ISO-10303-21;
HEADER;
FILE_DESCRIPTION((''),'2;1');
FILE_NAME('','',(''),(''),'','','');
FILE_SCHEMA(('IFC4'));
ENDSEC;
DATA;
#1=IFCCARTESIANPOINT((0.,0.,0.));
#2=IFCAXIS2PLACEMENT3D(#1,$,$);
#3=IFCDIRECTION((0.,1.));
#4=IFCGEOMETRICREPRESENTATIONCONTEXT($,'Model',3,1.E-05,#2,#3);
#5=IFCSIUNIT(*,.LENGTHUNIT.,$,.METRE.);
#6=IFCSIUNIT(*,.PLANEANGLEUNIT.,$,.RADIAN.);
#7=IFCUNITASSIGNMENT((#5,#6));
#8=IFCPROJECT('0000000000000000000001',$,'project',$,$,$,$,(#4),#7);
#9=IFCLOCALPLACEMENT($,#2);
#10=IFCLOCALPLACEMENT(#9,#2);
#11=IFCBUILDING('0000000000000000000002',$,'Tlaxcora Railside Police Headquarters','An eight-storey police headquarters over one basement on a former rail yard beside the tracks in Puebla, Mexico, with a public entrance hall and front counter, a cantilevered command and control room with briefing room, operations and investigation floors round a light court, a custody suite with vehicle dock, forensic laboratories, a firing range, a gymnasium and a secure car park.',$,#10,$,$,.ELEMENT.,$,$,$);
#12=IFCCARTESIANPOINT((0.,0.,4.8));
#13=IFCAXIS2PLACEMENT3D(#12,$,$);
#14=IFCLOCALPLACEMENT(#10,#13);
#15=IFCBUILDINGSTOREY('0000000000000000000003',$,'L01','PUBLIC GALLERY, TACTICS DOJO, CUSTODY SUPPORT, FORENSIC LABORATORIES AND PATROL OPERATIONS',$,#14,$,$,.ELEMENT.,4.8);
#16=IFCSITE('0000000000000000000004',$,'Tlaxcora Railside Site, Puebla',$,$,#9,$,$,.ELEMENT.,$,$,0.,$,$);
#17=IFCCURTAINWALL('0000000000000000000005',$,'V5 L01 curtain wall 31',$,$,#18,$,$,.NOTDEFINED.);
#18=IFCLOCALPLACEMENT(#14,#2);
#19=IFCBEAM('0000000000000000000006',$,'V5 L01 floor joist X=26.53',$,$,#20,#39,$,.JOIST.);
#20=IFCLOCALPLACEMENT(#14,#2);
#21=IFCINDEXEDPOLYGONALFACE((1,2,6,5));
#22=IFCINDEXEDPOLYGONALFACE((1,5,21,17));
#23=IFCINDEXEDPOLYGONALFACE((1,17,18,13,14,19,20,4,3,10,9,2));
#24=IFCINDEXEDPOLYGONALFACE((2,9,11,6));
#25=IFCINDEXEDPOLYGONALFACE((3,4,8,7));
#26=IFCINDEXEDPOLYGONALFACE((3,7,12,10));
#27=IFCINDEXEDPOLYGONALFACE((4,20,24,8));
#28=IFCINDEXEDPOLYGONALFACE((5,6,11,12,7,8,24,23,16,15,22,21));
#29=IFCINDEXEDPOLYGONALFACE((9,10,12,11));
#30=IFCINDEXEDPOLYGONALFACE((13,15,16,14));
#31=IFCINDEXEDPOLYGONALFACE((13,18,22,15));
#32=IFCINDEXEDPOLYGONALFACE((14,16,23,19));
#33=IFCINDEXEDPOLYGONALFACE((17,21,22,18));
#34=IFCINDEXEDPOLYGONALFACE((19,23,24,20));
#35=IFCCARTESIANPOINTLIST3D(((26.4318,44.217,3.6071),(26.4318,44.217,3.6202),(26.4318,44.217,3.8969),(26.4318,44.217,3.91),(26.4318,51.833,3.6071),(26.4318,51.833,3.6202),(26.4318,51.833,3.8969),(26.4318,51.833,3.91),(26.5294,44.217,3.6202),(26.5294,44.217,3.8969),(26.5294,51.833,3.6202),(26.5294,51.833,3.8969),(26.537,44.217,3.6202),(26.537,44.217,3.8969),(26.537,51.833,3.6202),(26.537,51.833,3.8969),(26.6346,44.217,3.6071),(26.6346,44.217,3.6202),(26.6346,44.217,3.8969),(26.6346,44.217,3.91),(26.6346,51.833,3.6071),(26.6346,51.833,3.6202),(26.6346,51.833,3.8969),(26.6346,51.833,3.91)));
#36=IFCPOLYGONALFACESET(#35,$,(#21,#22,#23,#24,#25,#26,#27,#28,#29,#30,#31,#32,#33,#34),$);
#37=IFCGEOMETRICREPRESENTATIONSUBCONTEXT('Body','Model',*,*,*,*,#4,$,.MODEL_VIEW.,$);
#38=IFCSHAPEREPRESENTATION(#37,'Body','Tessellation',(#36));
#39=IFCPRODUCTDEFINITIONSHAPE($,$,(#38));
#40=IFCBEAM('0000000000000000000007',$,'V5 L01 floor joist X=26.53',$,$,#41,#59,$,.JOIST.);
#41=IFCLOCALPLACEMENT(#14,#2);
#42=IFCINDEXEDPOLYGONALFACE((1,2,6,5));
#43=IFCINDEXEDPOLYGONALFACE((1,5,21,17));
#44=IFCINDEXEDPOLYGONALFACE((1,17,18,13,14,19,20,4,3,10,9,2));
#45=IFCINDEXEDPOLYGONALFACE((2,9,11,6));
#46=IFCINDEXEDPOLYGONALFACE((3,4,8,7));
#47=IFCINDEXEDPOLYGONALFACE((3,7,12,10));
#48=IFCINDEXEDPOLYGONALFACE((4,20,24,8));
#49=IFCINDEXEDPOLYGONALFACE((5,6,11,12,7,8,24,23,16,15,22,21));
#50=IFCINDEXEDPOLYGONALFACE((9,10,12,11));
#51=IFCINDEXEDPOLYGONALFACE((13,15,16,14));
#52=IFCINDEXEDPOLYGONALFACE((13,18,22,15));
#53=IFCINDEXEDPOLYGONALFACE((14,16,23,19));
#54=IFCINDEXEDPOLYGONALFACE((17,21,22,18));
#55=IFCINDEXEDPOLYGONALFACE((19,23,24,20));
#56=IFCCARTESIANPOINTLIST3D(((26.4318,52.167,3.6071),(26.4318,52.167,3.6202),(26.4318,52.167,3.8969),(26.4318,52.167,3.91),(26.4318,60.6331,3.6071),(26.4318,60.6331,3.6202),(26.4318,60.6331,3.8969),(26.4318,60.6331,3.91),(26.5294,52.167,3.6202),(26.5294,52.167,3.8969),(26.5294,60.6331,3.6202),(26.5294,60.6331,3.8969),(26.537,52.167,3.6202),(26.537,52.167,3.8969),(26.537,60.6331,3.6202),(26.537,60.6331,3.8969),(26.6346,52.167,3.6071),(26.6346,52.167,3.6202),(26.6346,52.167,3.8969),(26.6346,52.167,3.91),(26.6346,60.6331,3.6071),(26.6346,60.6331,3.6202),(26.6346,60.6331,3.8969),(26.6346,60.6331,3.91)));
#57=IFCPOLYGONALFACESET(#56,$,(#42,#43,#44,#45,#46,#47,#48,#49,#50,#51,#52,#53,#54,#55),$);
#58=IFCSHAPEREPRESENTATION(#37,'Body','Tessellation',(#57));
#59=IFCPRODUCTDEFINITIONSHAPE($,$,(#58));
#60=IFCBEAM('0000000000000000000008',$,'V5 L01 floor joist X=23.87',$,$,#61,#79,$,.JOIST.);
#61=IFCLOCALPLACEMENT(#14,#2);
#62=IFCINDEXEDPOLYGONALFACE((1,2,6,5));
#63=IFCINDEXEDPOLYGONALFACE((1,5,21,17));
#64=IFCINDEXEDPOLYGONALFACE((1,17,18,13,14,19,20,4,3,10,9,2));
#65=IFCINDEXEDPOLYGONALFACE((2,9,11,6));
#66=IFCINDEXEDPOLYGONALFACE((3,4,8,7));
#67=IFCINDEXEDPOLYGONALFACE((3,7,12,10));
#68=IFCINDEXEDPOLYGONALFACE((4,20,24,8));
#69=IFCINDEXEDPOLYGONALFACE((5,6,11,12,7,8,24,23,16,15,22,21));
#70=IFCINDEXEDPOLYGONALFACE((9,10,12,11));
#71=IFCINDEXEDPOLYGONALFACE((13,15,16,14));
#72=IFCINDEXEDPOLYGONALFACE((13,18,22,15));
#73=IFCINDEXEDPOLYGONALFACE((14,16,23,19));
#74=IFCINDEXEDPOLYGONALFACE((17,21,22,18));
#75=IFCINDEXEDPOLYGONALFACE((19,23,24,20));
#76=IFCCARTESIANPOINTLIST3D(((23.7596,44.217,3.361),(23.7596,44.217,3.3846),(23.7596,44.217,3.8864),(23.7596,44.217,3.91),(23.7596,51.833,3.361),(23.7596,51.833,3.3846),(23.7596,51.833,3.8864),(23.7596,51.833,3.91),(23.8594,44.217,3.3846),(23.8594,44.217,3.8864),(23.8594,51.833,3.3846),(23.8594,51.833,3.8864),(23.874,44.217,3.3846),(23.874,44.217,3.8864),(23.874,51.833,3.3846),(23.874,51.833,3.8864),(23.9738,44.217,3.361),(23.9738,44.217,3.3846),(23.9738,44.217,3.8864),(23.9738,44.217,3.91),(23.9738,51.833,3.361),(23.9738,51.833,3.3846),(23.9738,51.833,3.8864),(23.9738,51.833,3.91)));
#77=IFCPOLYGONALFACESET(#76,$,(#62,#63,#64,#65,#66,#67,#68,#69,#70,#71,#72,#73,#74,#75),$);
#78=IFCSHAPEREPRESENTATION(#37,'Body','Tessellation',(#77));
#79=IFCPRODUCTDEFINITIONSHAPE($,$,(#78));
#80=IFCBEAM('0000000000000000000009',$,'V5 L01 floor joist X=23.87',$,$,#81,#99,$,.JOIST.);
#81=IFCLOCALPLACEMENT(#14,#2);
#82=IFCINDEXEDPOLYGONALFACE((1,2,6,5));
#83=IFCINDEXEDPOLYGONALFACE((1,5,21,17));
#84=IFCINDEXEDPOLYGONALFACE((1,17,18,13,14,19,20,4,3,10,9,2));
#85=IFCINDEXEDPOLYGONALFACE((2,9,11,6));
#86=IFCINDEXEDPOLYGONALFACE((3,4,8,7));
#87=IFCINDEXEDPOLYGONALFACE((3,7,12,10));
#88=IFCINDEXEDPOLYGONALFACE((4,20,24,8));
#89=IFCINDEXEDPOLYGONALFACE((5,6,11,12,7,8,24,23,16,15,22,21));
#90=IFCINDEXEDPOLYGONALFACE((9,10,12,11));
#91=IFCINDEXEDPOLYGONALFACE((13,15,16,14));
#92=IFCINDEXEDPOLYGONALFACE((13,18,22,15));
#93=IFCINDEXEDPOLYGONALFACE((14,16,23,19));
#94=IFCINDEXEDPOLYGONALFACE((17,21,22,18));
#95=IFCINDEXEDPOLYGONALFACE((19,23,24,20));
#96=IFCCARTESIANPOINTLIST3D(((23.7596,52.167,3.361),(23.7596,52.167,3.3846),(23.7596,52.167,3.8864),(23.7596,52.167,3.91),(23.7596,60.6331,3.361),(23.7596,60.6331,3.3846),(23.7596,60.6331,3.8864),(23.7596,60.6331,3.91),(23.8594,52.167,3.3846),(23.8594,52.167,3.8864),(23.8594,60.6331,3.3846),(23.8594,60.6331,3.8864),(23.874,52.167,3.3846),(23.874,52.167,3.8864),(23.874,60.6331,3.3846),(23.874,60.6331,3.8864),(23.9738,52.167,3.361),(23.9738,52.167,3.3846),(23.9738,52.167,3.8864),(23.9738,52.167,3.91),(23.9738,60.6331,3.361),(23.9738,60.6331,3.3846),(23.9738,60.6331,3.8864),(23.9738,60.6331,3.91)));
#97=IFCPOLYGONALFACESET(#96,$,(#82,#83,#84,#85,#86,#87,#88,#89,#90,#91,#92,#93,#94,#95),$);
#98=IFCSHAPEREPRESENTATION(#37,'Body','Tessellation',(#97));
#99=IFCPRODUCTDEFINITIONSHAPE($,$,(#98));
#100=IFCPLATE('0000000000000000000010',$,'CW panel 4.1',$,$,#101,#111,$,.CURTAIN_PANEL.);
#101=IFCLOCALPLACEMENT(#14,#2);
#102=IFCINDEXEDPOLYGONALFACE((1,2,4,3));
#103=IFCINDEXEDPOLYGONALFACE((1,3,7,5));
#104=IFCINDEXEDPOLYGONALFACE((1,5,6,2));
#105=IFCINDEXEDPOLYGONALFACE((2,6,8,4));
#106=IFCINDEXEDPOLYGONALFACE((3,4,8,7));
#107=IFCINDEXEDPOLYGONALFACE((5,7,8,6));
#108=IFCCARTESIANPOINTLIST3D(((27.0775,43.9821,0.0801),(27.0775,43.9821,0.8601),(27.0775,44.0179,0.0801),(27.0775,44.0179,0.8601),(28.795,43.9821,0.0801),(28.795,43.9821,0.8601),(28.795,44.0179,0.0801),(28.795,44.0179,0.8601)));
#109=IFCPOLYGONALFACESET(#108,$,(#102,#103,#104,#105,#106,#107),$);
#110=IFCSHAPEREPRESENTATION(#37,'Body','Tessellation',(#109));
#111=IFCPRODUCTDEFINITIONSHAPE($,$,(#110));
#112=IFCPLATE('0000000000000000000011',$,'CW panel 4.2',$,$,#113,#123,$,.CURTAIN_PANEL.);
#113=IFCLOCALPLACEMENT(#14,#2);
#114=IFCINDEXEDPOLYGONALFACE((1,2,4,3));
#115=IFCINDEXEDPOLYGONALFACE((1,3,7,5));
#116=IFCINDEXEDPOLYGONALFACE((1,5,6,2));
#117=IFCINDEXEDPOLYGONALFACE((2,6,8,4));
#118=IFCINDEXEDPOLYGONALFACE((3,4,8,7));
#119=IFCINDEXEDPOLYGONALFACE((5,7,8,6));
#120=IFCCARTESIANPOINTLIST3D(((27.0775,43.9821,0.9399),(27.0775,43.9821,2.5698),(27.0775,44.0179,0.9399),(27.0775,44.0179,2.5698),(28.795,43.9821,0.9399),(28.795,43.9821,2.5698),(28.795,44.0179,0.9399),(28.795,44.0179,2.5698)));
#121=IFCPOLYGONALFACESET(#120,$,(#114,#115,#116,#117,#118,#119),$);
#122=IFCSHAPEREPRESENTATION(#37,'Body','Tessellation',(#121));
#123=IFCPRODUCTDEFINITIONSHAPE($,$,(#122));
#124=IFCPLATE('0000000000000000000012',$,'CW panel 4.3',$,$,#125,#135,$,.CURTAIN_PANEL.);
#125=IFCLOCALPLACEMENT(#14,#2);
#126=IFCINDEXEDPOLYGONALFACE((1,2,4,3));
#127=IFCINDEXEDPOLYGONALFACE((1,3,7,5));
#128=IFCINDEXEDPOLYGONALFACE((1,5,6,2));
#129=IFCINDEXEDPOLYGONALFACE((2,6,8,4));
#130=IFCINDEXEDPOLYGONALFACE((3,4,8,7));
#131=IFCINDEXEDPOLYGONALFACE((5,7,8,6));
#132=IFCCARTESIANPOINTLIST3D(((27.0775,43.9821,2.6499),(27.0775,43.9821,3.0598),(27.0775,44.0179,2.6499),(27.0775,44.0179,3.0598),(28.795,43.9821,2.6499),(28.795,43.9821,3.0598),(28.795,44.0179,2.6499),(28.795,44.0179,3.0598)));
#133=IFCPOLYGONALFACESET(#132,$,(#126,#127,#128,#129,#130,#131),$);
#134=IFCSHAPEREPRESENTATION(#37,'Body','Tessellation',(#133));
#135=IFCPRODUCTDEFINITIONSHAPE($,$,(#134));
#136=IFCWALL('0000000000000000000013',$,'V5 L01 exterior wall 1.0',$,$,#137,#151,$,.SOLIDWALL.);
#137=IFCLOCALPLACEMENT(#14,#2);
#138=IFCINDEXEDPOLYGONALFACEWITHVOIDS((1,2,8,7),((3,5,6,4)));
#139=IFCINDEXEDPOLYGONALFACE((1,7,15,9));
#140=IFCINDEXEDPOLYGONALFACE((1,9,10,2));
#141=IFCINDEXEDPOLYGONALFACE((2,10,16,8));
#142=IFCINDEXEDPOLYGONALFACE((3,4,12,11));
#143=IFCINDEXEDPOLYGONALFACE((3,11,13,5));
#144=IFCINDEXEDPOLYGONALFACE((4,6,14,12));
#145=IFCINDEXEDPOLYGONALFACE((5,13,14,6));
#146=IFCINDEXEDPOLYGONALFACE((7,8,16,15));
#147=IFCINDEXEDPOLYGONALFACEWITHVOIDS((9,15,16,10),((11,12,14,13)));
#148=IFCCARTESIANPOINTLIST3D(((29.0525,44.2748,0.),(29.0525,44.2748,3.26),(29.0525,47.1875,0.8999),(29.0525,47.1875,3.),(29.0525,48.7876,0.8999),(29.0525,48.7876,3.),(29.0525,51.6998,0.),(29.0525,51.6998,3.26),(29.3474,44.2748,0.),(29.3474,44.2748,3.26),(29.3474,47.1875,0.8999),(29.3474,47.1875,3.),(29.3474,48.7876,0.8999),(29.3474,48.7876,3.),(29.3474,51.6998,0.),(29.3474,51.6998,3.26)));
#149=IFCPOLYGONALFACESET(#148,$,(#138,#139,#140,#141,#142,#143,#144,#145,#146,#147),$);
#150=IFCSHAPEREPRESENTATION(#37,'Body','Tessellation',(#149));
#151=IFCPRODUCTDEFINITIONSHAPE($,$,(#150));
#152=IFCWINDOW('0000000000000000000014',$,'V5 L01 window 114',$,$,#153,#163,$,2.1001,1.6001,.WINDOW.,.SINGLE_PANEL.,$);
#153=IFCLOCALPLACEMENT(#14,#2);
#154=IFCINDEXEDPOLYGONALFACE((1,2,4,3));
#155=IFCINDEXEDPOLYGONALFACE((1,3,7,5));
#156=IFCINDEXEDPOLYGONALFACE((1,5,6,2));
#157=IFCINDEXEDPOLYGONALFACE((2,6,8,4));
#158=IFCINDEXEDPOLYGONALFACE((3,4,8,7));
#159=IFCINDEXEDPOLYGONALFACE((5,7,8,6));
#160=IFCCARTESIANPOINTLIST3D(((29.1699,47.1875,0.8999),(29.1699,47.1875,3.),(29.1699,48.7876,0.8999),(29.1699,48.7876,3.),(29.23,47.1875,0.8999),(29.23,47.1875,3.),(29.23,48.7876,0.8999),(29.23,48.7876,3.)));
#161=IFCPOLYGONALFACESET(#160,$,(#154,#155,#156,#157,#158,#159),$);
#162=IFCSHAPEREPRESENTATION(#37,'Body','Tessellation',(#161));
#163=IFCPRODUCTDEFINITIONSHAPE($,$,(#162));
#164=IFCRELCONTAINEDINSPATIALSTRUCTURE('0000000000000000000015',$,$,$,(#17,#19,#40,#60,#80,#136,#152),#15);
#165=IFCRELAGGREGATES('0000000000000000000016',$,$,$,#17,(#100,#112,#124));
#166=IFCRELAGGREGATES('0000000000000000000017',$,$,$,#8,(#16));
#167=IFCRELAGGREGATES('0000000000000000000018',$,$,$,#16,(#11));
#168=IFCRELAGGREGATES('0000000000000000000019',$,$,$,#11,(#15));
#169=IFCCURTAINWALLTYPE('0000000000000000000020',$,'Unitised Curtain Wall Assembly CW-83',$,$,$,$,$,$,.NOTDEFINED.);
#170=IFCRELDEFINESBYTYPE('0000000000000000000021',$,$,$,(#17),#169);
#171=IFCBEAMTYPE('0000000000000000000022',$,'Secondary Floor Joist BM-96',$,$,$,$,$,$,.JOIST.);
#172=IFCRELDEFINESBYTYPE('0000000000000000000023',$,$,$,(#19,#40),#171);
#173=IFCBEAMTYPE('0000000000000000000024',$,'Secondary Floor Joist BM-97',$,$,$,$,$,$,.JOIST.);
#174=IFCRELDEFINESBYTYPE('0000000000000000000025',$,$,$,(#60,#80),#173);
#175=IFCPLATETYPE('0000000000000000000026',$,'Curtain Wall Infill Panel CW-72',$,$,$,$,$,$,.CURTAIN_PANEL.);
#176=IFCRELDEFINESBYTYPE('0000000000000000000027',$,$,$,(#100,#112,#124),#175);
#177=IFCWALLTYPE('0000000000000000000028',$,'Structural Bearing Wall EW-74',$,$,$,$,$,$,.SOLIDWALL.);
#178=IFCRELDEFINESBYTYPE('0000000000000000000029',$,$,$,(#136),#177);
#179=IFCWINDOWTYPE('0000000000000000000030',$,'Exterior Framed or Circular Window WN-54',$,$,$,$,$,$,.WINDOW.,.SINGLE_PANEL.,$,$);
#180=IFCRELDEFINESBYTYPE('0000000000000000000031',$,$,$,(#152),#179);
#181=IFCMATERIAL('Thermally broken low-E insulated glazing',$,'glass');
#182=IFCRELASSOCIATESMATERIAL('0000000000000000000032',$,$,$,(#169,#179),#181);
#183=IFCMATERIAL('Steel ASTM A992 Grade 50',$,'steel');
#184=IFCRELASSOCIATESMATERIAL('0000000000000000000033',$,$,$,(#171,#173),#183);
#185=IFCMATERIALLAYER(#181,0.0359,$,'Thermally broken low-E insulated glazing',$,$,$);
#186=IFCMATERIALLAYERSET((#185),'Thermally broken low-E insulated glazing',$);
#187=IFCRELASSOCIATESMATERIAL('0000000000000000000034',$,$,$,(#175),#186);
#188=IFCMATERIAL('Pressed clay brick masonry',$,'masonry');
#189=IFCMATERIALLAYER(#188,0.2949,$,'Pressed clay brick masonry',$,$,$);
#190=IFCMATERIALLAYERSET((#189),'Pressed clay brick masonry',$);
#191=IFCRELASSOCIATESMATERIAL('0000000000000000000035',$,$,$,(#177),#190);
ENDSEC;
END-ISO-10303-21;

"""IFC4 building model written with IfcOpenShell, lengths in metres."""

from ifc_helpers import new_model, si_unit, direction, frame, frame_2d, origin, origin_2d, place, context, subcontext, project, spatial, rectangle, i_section, extrude, material, layer, layer_set, material_profile, profile_set, type_object, element, fill, aggregate, save


model = new_model("IFC4")

# Units and contexts
model_context = context("Model", 3, precision=1e-05, world=origin(), true_north=direction((0.0, 1.0)))
body_context = subcontext(model_context, "Body", "Model", "MODEL_VIEW")
ifc_project = project(units=[si_unit("LENGTHUNIT", "METRE"), si_unit("PLANEANGLEUNIT", "RADIAN")], contexts=[model_context])

# Site, building, storey
site_placement = place(None, origin())
site = spatial("IfcSite", under=ifc_project, at=site_placement, Name="Tlaxcora Railside Site, Puebla", CompositionType="ELEMENT", RefElevation=0.0)
building_placement = place(site_placement, origin())
building = spatial("IfcBuilding", under=site, at=building_placement, Name="Tlaxcora Railside Police Headquarters", Description="An eight-storey police headquarters over one basement on a former rail yard beside the tracks in Puebla, Mexico, with a public entrance hall and front counter, a cantilevered command and control room with briefing room, operations and investigation floors round a light court, a custody suite with vehicle dock, forensic laboratories, a firing range, a gymnasium and a secure car park.", CompositionType="ELEMENT")
storey_placement = place(building_placement, frame((0.0, 0.0, 4.8)))
storey = spatial("IfcBuildingStorey", under=building, at=storey_placement, Name="L01", Description="PUBLIC GALLERY, TACTICS DOJO, CUSTODY SUPPORT, FORENSIC LABORATORIES AND PATROL OPERATIONS", CompositionType="ELEMENT", Elevation=4.8)

# Curtain wall
ifc_material_1 = material(Name="Thermally broken low-E insulated glazing", Category="glass")
curtain_wall_type = type_object("IfcCurtainWallType", Name="Unitised Curtain Wall Assembly CW-83", PredefinedType="NOTDEFINED", material=ifc_material_1)
curtain_wall_placement = place(storey_placement, origin())
curtain_wall = element("IfcCurtainWall", 1, at=curtain_wall_placement, inside=storey, type_object=curtain_wall_type, Name="V5 L01 curtain wall 31", PredefinedType="NOTDEFINED")

# Beams
ifc_material_2 = material(Name="Steel ASTM A992 Grade 50", Category="steel")
ifc_material_profile_1 = material_profile(ifc_material_2, i_section(OverallWidth=0.2029, OverallDepth=0.303, WebThickness=0.0076, FlangeThickness=0.0132, at=origin_2d()), Name="W12X40")
ifc_profile_set_1 = profile_set([ifc_material_profile_1], Name="Steel ASTM A992 Grade 50")
beam_type_1 = type_object("IfcBeamType", Name="Secondary Floor Joist BM-96", PredefinedType="JOIST", material=ifc_profile_set_1)
beam_1_placement = place(storey_placement, frame((26.5332, 44.217, 3.7585), z_axis=(0.0, 1.0, 0.0), x_axis=(-1.0, 0.0, 0.0)))
element("IfcBeam", 2, at=beam_1_placement, inside=storey, type_object=beam_type_1, Name="V5 L01 floor joist X=26.53", PredefinedType="JOIST", context=body_context, shape_type="SweptSolid", body=[
    extrude(i_section(OverallWidth=0.2029, OverallDepth=0.303, WebThickness=0.0076, FlangeThickness=0.0132, at=origin_2d()), origin(), (0.0, 0.0, 1.0), 7.616),
])
beam_2_placement = place(storey_placement, frame((26.5332, 52.167, 3.7585), z_axis=(0.0, 1.0, 0.0), x_axis=(-1.0, 0.0, 0.0)))
element("IfcBeam", 3, at=beam_2_placement, inside=storey, type_object=beam_type_1, Name="V5 L01 floor joist X=26.53", PredefinedType="JOIST", context=body_context, shape_type="SweptSolid", body=[
    extrude(i_section(OverallWidth=0.2029, OverallDepth=0.303, WebThickness=0.0076, FlangeThickness=0.0132, at=origin_2d()), origin(), (0.0, 0.0, 1.0), 8.4661),
])
ifc_material_profile_2 = material_profile(ifc_material_2, i_section(OverallWidth=0.2141, OverallDepth=0.5491, WebThickness=0.0146, FlangeThickness=0.0237, at=origin_2d()), Name="W21X93")
ifc_profile_set_2 = profile_set([ifc_material_profile_2], Name="Steel ASTM A992 Grade 50")
beam_type_2 = type_object("IfcBeamType", Name="Secondary Floor Joist BM-97", PredefinedType="JOIST", material=ifc_profile_set_2)
beam_3_placement = place(storey_placement, frame((23.8667, 44.217, 3.6355), z_axis=(0.0, 1.0, 0.0), x_axis=(-1.0, 0.0, 0.0)))
element("IfcBeam", 4, at=beam_3_placement, inside=storey, type_object=beam_type_2, Name="V5 L01 floor joist X=23.87", PredefinedType="JOIST", context=body_context, shape_type="SweptSolid", body=[
    extrude(i_section(OverallWidth=0.2141, OverallDepth=0.5491, WebThickness=0.0146, FlangeThickness=0.0237, at=origin_2d()), origin(), (0.0, 0.0, 1.0), 7.616),
])
beam_4_placement = place(storey_placement, frame((23.8667, 52.167, 3.6355), z_axis=(0.0, 1.0, 0.0), x_axis=(-1.0, 0.0, 0.0)))
element("IfcBeam", 5, at=beam_4_placement, inside=storey, type_object=beam_type_2, Name="V5 L01 floor joist X=23.87", PredefinedType="JOIST", context=body_context, shape_type="SweptSolid", body=[
    extrude(i_section(OverallWidth=0.2141, OverallDepth=0.5491, WebThickness=0.0146, FlangeThickness=0.0237, at=origin_2d()), origin(), (0.0, 0.0, 1.0), 8.4661),
])

# Plates
ifc_layer_1 = layer(ifc_material_1, 0.0359, Name="Thermally broken low-E insulated glazing")
ifc_layer_set_1 = layer_set([ifc_layer_1], Name="Thermally broken low-E insulated glazing")
plate_type = type_object("IfcPlateType", Name="Curtain Wall Infill Panel CW-72", PredefinedType="CURTAIN_PANEL", material=ifc_layer_set_1)
plate_1_placement = place(storey_placement, frame((27.9363, 44.0, 0.0801), z_axis=(0.0, 0.0, 1.0), x_axis=(1.0, 0.0, 0.0)))
plate_1 = element("IfcPlate", 6, at=plate_1_placement, type_object=plate_type, Name="CW panel 4.1", PredefinedType="CURTAIN_PANEL", context=body_context, shape_type="SweptSolid", body=[
    extrude(rectangle(XDim=1.7175, YDim=0.0359, at=origin_2d()), origin(), (0.0, 0.0, 1.0), 0.78),
])
plate_2_placement = place(storey_placement, frame((27.9363, 44.0, 0.9399), z_axis=(0.0, 0.0, 1.0), x_axis=(1.0, 0.0, 0.0)))
plate_2 = element("IfcPlate", 7, at=plate_2_placement, type_object=plate_type, Name="CW panel 4.2", PredefinedType="CURTAIN_PANEL", context=body_context, shape_type="SweptSolid", body=[
    extrude(rectangle(XDim=1.7175, YDim=0.0359, at=origin_2d()), origin(), (0.0, 0.0, 1.0), 1.6299),
])
plate_3_placement = place(storey_placement, frame((27.9363, 44.0, 2.6499), z_axis=(0.0, 0.0, 1.0), x_axis=(1.0, 0.0, 0.0)))
plate_3 = element("IfcPlate", 8, at=plate_3_placement, type_object=plate_type, Name="CW panel 4.3", PredefinedType="CURTAIN_PANEL", context=body_context, shape_type="SweptSolid", body=[
    extrude(rectangle(XDim=1.7175, YDim=0.0359, at=origin_2d()), origin(), (0.0, 0.0, 1.0), 0.4099),
])
aggregate(curtain_wall, [plate_1, plate_2, plate_3])

# Wall, opening, window
ifc_material_3 = material(Name="Pressed clay brick masonry", Category="masonry")
ifc_layer_2 = layer(ifc_material_3, 0.2949, Name="Pressed clay brick masonry")
ifc_layer_set_2 = layer_set([ifc_layer_2], Name="Pressed clay brick masonry")
wall_type = type_object("IfcWallType", Name="Structural Bearing Wall EW-74", PredefinedType="SOLIDWALL", material=ifc_layer_set_2)
wall_1_placement = place(storey_placement, frame((29.2, 44.2749, 0.0), z_axis=(0.0, 0.0, 1.0), x_axis=(0.0, 1.0, 0.0)))
wall_1 = element("IfcWall", 9, at=wall_1_placement, inside=storey, type_object=wall_type, Name="V5 L01 exterior wall 1.0", PredefinedType="SOLIDWALL", context=body_context, shape_type="SweptSolid", body=[
    extrude(rectangle(XDim=7.425, YDim=0.2949, at=frame_2d((3.7124, 0.0))), origin(), (0.0, 0.0, 1.0), 3.26),
])
opening_1_placement = place(wall_1_placement, frame((2.9126, 0.0, 0.8999)))
opening_1 = element("IfcOpeningElement", 10, at=opening_1_placement, cuts=wall_1, PredefinedType="OPENING", context=body_context, shape_type="SweptSolid", body=[
    extrude(rectangle(XDim=1.6001, YDim=2.1001, at=frame_2d((0.8, 1.05))), frame((0.0, 0.1575, 0.0), z_axis=(0.0, -1.0, 0.0), x_axis=(1.0, 0.0, 0.0)), (0.0, 0.0, 1.0), 0.3149),
])
window_type = type_object("IfcWindowType", Name="Exterior Framed or Circular Window WN-54", PartitioningType="SINGLE_PANEL", PredefinedType="WINDOW", material=ifc_material_1)
window_1_placement = place(opening_1_placement, origin())
window_1 = element("IfcWindow", 11, at=window_1_placement, inside=storey, type_object=window_type, Name="V5 L01 window 114", OverallHeight=2.1001, OverallWidth=1.6001, PartitioningType="SINGLE_PANEL", PredefinedType="WINDOW", context=body_context, shape_type="SweptSolid", body=[
    extrude(rectangle(XDim=1.6001, YDim=2.1001, at=frame_2d((0.8, 1.05))), frame((0.0, 0.03, 0.0), z_axis=(0.0, -1.0, 0.0), x_axis=(1.0, 0.0, 0.0)), (0.0, 0.0, 1.0), 0.0601),
])
fill(opening_1, window_1)

save(model, "model.ifc")
